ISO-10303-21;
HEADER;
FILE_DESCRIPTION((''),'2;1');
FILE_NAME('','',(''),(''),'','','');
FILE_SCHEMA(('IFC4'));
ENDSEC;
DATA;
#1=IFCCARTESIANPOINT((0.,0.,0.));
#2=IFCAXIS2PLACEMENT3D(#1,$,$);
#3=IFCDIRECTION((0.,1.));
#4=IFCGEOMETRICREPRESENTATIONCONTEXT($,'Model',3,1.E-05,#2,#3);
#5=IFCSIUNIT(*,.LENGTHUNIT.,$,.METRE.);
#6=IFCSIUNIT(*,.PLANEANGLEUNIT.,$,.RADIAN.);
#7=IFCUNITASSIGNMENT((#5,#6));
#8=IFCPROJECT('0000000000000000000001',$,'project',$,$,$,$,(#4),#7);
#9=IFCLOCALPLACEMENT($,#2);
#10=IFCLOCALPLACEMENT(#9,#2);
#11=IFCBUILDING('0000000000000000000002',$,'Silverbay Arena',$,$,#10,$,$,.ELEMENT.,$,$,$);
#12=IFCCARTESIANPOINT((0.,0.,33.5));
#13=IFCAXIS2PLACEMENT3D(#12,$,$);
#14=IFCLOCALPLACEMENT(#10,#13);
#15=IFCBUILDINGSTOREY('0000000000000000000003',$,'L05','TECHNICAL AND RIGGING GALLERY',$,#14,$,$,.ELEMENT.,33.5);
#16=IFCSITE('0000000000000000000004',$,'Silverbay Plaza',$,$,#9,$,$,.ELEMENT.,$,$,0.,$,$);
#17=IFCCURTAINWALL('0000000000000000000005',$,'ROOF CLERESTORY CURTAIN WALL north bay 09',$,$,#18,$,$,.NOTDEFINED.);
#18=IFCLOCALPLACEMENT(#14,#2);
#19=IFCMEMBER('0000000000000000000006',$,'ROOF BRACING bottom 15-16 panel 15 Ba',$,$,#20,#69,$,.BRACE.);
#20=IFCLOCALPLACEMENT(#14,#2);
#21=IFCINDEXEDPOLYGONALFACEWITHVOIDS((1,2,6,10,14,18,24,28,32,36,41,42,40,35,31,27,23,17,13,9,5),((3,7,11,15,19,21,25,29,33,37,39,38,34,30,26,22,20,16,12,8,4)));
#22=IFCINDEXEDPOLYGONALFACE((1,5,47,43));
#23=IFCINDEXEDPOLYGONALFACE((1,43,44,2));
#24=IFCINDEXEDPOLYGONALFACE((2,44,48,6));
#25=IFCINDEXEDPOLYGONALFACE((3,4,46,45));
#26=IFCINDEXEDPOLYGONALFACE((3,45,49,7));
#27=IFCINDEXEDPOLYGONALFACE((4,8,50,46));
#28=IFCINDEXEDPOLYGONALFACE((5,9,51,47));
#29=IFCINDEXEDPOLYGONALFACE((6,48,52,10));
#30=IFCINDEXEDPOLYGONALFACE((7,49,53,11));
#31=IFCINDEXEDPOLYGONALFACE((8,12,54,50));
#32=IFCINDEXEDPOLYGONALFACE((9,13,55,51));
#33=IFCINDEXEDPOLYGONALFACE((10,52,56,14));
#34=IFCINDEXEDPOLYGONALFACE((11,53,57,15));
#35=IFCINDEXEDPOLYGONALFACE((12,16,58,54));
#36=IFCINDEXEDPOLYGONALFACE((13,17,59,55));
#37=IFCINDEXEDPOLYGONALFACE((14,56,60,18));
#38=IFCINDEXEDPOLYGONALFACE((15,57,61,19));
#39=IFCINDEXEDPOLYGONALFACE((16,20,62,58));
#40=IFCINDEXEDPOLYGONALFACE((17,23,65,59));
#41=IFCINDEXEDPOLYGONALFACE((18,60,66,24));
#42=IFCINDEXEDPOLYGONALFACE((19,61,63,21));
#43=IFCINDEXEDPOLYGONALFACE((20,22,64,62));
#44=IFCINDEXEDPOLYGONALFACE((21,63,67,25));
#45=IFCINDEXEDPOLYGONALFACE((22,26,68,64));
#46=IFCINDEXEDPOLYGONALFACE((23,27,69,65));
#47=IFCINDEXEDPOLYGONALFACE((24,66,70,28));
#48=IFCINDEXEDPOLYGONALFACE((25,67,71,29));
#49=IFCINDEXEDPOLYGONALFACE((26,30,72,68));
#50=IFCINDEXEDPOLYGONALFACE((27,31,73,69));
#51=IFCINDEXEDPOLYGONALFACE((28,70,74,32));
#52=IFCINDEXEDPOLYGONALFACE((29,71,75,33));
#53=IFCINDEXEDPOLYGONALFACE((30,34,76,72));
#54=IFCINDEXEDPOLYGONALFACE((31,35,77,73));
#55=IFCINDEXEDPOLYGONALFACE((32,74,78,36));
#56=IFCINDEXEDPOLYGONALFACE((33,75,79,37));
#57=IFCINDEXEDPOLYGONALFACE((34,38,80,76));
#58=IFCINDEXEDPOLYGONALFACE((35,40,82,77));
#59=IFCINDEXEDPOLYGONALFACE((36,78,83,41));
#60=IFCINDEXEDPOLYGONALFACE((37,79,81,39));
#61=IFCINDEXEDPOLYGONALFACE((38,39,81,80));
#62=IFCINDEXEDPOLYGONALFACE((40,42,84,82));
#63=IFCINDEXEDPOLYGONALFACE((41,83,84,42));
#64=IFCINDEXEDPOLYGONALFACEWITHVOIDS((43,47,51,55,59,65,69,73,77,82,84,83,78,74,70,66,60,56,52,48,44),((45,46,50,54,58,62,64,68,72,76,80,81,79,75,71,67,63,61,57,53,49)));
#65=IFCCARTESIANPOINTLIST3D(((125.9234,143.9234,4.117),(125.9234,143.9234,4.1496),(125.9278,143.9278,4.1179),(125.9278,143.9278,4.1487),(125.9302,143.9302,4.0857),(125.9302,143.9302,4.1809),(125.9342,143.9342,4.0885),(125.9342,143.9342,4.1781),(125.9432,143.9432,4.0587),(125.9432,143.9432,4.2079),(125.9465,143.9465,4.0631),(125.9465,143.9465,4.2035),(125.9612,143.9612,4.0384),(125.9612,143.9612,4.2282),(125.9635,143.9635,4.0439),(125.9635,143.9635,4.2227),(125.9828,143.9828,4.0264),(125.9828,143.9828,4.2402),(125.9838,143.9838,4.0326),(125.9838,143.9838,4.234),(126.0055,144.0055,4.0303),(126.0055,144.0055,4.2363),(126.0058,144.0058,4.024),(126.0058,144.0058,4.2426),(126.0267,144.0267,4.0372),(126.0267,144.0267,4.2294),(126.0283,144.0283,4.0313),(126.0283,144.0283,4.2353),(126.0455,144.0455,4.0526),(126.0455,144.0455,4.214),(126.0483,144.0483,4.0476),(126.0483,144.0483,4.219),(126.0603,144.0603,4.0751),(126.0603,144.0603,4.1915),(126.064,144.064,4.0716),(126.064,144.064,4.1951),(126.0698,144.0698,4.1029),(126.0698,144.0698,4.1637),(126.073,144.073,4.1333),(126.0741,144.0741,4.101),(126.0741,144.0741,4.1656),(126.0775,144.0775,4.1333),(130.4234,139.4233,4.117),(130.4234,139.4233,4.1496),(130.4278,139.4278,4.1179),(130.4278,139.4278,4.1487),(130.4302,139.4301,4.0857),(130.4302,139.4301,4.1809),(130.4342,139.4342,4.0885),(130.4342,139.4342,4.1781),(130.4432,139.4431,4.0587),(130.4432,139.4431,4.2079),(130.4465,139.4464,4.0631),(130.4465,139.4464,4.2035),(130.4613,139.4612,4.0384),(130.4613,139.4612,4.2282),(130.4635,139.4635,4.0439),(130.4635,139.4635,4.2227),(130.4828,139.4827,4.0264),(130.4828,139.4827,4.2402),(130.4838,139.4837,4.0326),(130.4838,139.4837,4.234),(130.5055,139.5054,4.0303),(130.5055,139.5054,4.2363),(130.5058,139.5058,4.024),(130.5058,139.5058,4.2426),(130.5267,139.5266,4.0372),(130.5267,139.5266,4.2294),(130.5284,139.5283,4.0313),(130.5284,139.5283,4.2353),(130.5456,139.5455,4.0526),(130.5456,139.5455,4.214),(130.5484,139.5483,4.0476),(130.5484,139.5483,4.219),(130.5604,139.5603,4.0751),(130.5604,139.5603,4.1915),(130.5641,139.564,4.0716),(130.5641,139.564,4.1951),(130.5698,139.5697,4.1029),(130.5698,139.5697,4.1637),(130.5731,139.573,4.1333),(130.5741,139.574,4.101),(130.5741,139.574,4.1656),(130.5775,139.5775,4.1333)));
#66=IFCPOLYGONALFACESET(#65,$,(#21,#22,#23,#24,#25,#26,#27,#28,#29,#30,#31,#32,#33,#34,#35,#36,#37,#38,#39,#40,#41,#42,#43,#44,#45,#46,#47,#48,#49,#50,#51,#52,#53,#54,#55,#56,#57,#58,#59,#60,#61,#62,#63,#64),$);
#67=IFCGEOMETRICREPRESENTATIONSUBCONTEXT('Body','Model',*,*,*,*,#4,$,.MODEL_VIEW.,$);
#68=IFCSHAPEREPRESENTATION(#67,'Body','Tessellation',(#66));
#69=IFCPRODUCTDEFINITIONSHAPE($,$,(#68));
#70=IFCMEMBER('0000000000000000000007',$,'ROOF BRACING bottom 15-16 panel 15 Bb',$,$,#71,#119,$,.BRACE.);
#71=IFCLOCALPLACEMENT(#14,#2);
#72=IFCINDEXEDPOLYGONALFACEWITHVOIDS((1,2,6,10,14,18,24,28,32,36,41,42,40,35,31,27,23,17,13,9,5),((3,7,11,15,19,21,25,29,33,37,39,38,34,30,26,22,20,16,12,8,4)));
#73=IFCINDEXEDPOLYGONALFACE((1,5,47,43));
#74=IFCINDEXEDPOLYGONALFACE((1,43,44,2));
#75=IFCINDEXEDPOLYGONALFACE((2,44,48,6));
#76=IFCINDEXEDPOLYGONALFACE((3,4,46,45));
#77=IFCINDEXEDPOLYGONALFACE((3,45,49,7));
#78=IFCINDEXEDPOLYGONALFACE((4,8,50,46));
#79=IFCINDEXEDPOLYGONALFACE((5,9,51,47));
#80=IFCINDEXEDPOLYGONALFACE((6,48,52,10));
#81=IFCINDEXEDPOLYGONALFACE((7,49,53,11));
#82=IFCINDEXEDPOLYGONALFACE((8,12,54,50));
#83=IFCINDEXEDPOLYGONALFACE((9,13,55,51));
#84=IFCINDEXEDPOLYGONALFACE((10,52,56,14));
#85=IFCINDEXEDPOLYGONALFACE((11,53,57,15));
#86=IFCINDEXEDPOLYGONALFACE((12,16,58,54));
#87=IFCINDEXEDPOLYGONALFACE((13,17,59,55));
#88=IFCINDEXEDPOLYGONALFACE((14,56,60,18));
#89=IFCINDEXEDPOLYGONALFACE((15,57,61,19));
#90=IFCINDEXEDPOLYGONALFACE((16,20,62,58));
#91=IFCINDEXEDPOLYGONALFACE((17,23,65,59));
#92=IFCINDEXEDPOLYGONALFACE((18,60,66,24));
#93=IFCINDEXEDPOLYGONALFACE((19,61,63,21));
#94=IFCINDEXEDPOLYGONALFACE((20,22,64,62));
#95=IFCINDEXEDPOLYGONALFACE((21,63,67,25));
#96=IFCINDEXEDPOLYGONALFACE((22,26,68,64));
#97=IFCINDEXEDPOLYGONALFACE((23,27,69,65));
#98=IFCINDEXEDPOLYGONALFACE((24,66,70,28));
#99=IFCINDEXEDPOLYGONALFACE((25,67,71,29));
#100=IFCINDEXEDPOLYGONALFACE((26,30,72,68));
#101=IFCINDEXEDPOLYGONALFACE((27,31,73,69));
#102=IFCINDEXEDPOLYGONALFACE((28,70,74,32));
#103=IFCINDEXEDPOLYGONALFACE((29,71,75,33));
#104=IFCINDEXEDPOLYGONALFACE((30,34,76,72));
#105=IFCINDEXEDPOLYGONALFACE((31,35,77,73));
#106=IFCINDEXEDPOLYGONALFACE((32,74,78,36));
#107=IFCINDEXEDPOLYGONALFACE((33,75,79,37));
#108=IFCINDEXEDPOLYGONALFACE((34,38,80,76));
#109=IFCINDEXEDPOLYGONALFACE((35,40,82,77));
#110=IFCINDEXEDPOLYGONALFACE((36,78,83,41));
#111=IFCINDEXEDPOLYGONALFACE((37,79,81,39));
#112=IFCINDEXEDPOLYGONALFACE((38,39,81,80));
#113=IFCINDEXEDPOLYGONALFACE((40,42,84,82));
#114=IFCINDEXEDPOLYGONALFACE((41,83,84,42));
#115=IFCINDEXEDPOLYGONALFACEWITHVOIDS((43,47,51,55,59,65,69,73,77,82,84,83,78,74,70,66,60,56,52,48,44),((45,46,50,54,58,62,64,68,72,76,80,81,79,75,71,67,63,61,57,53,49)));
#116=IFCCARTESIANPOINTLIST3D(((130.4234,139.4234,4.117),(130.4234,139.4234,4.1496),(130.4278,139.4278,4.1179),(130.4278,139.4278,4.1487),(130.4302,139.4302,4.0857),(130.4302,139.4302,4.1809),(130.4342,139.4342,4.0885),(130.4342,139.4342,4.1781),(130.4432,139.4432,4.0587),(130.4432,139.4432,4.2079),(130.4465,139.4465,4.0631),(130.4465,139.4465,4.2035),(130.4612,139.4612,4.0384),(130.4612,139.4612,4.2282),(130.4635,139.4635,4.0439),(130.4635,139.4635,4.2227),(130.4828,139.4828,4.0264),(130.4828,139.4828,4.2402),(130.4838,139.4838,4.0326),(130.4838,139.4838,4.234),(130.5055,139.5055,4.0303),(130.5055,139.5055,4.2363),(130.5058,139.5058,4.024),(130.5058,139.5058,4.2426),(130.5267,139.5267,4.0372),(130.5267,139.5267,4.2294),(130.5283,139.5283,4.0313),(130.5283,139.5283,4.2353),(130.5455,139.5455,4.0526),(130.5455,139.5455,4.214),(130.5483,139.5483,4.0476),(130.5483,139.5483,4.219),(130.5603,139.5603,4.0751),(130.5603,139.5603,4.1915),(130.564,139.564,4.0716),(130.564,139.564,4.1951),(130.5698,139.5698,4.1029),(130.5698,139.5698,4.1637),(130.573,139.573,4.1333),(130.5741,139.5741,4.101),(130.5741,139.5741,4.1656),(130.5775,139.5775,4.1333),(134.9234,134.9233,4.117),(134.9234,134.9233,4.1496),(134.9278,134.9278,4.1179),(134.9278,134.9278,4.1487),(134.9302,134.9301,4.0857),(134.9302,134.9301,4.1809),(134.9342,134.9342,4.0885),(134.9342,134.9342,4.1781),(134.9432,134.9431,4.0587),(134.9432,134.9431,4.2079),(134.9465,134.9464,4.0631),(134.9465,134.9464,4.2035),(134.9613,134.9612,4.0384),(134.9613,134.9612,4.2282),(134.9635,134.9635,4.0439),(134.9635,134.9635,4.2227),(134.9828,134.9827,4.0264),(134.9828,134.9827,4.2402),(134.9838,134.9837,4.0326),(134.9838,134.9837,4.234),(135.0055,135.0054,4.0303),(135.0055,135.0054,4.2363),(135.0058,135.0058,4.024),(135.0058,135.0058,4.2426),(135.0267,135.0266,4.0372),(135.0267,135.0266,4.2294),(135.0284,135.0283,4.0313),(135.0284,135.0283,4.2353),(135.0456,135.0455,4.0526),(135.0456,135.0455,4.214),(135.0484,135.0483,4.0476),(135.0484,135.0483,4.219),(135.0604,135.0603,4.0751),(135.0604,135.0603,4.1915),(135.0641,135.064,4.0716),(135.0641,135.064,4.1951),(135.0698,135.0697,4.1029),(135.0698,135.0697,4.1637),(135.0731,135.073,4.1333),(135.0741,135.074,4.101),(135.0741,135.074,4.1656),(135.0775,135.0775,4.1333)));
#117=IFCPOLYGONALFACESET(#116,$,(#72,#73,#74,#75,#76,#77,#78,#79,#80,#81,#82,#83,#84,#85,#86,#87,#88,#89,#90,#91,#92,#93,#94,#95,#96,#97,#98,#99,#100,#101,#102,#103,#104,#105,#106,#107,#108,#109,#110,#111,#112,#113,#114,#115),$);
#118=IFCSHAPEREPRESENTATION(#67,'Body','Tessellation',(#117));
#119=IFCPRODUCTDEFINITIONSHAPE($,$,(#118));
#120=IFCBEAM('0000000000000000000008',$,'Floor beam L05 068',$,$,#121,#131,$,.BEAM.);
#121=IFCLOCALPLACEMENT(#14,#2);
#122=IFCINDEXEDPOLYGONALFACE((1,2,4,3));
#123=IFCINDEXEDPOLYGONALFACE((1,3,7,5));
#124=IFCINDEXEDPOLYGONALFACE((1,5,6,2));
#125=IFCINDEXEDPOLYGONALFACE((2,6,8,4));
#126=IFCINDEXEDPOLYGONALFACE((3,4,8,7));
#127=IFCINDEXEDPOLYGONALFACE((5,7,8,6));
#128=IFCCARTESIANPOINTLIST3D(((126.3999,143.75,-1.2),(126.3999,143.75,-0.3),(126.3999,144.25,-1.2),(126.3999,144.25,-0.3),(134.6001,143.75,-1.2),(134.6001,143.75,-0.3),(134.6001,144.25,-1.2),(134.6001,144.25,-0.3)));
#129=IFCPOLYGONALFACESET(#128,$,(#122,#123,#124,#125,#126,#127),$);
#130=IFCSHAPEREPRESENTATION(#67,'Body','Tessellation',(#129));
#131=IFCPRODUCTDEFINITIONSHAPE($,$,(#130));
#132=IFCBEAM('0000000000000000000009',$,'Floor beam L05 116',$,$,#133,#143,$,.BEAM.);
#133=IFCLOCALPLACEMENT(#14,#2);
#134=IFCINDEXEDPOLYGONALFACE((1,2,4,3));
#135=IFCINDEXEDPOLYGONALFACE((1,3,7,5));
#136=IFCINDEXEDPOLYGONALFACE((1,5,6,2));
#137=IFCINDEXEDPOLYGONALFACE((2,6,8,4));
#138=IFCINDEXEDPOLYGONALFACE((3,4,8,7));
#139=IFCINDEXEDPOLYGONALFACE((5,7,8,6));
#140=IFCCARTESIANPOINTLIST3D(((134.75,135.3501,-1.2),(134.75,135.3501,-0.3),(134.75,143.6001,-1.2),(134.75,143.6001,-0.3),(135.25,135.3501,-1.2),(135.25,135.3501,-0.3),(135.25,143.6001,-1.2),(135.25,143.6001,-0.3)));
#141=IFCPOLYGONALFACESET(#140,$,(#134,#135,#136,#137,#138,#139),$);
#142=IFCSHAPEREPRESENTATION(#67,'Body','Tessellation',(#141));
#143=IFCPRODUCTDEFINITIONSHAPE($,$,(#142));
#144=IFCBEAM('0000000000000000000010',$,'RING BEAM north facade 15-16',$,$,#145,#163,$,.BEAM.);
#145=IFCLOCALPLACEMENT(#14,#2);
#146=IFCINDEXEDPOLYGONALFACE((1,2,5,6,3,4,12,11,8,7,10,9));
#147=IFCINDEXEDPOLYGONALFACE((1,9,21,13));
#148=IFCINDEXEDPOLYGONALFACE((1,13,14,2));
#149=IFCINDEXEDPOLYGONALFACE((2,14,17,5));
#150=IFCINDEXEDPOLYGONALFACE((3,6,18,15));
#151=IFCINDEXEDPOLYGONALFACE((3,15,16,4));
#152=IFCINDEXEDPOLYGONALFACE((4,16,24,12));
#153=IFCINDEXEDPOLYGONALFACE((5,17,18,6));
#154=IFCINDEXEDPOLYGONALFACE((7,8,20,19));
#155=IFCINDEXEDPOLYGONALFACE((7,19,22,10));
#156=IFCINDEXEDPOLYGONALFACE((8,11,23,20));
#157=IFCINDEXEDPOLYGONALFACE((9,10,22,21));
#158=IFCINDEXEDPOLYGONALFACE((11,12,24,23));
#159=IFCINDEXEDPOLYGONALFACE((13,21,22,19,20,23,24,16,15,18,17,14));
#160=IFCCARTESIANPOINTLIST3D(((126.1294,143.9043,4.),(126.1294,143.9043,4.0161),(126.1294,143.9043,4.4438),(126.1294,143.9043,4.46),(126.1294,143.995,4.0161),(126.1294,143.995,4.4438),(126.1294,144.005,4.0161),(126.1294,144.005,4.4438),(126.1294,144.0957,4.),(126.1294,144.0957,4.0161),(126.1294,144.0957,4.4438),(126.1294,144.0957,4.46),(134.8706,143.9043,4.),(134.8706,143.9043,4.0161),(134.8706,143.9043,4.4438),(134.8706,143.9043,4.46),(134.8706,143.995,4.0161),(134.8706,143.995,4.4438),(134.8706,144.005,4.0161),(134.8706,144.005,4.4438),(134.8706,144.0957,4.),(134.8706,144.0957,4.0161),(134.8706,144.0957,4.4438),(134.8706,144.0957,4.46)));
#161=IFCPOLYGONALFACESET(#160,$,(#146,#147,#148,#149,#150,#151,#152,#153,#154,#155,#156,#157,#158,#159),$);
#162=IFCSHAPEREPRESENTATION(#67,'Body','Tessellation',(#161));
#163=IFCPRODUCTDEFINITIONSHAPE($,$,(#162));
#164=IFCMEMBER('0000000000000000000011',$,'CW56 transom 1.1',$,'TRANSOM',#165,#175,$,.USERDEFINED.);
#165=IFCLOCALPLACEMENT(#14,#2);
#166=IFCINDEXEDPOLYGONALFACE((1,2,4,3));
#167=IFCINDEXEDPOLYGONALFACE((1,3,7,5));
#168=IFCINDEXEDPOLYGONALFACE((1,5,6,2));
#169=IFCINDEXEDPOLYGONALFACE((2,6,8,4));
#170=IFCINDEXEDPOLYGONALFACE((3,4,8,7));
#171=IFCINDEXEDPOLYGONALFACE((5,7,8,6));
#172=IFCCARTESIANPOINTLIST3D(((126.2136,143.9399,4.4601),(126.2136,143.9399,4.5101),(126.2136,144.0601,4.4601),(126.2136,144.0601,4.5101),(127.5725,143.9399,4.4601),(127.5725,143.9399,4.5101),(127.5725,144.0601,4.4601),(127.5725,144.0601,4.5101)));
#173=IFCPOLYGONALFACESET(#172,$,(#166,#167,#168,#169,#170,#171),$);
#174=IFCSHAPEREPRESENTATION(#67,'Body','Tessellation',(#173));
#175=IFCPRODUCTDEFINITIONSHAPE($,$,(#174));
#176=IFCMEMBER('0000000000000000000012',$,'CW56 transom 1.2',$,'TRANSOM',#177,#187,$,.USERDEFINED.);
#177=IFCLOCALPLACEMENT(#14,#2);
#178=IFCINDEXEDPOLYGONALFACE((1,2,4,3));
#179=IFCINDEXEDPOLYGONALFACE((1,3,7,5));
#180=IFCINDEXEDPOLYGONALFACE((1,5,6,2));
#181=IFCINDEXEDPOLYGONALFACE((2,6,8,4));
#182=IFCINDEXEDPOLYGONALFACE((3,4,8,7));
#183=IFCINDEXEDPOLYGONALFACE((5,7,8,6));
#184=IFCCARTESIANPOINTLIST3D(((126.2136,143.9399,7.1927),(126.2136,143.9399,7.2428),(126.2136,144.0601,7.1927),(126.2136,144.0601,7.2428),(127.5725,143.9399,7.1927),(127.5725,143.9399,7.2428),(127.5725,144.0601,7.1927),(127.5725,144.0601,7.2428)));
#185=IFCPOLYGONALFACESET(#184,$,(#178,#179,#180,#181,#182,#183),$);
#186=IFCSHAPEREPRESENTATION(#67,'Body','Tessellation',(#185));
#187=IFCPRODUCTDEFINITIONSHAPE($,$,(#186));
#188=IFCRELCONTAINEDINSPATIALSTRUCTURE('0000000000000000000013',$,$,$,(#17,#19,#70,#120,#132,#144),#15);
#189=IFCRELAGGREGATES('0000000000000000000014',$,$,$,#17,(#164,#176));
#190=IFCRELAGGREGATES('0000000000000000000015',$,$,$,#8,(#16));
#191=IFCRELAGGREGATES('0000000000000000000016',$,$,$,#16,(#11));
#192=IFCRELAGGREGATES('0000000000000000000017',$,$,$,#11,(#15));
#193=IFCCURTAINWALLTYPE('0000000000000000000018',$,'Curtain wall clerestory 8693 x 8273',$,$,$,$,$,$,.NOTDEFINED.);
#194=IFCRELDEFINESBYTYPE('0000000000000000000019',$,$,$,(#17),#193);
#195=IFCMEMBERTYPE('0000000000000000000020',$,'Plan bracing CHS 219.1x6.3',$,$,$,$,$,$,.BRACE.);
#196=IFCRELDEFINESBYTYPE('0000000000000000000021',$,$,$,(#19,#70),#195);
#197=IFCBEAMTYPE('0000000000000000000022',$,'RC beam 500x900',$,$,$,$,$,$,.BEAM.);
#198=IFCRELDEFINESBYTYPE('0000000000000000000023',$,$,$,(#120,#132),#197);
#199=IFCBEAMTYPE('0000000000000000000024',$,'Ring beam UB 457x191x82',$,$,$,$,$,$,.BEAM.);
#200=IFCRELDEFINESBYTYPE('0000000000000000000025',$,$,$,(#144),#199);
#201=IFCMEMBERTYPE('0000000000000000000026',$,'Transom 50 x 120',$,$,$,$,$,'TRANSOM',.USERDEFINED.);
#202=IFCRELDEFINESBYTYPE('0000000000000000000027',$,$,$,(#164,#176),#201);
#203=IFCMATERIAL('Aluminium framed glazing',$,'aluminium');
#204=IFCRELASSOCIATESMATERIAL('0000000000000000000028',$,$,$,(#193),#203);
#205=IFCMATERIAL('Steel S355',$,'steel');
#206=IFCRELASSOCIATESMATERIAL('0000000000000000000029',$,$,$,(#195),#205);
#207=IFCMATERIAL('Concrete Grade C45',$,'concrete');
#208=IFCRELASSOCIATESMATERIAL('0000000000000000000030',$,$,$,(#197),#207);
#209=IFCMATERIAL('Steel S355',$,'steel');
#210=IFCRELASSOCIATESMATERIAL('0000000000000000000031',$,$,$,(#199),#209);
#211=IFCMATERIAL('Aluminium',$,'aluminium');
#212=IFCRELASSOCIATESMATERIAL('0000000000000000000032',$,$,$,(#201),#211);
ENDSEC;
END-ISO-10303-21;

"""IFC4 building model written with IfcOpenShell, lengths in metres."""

from ifc_helpers import new_model, si_unit, direction, frame, origin, origin_2d, place, context, subcontext, project, spatial, rectangle, hollow_circle, i_section, extrude, material, material_profile, profile_set, type_object, element, aggregate, save


model = new_model("IFC4")

# Units and contexts
model_context = context("Model", 3, precision=1e-05, world=origin(), true_north=direction((0.0, 1.0)))
body_context = subcontext(model_context, "Body", "Model", "MODEL_VIEW")
ifc_project = project(units=[si_unit("LENGTHUNIT", "METRE"), si_unit("PLANEANGLEUNIT", "RADIAN")], contexts=[model_context])

# Site, building, storey
site_placement = place(None, origin())
site = spatial("IfcSite", under=ifc_project, at=site_placement, Name="Silverbay Plaza", CompositionType="ELEMENT", RefElevation=0.0)
building_placement = place(site_placement, origin())
building = spatial("IfcBuilding", under=site, at=building_placement, Name="Silverbay Arena", CompositionType="ELEMENT")
storey_placement = place(building_placement, frame((0.0, 0.0, 33.5)))
storey = spatial("IfcBuildingStorey", under=building, at=storey_placement, Name="L05", Description="TECHNICAL AND RIGGING GALLERY", CompositionType="ELEMENT", Elevation=33.5)

# Curtain wall
ifc_material_1 = material(Name="Aluminium framed glazing", Category="aluminium")
curtain_wall_type = type_object("IfcCurtainWallType", Name="Curtain wall clerestory 8693 x 8273", PredefinedType="NOTDEFINED", material=ifc_material_1)
curtain_wall_placement = place(storey_placement, origin())
curtain_wall = element("IfcCurtainWall", 1, at=curtain_wall_placement, inside=storey, type_object=curtain_wall_type, Name="ROOF CLERESTORY CURTAIN WALL north bay 09", PredefinedType="NOTDEFINED")

# Members
ifc_material_2 = material(Name="Steel S355", Category="steel")
ifc_material_profile_1 = material_profile(ifc_material_2, hollow_circle(Radius=0.1096, WallThickness=0.0063, at=origin_2d()), Name="CHS 219.1x6.3")
ifc_profile_set_1 = profile_set([ifc_material_profile_1], Name="Steel S355")
member_type_1 = type_object("IfcMemberType", Name="Plan bracing CHS 219.1x6.3", PredefinedType="BRACE", material=ifc_profile_set_1)
for number, where, z_axis, x_axis, name in (
    (2, (126.0, 144.0, 4.1333), (0.707107, -0.707107, 0.0), (0.707107, 0.707107, 0.0), "ROOF BRACING bottom 15-16 panel 15 Ba"),
    (3, (130.5, 139.5, 4.1333), (0.707107, -0.707107, 0.0), (0.707107, 0.707107, 0.0), "ROOF BRACING bottom 15-16 panel 15 Bb"),
):
    element("IfcMember", number, at=place(storey_placement, frame(where, z_axis=z_axis, x_axis=x_axis)), inside=storey, type_object=member_type_1, Name=name, PredefinedType="BRACE", context=body_context, shape_type="SweptSolid", body=[
        extrude(hollow_circle(Radius=0.1096, WallThickness=0.0063, at=origin_2d()), origin(), (0.0, 0.0, 1.0), 6.364),
    ])

# Beams
ifc_material_3 = material(Name="Concrete Grade C45", Category="concrete")
ifc_material_profile_2 = material_profile(ifc_material_3, rectangle(XDim=0.5, YDim=0.8999, at=origin_2d()), Name="RC 500x900")
ifc_profile_set_2 = profile_set([ifc_material_profile_2], Name="Concrete Grade C45")
beam_type_1 = type_object("IfcBeamType", Name="RC beam 500x900", PredefinedType="BEAM", material=ifc_profile_set_2)
beam_1_placement = place(storey_placement, frame((126.3999, 144.0, -0.75), z_axis=(1.0, 0.0, 0.0), x_axis=(0.0, 1.0, 0.0)))
element("IfcBeam", 4, at=beam_1_placement, inside=storey, type_object=beam_type_1, Name="Floor beam L05 068", PredefinedType="BEAM", context=body_context, shape_type="SweptSolid", body=[
    extrude(rectangle(XDim=0.5, YDim=0.8999, at=origin_2d()), origin(), (0.0, 0.0, 1.0), 8.2002),
])
beam_2_placement = place(storey_placement, frame((135.0, 135.3501, -0.75), z_axis=(0.0, 1.0, 0.0), x_axis=(-1.0, 0.0, 0.0)))
element("IfcBeam", 5, at=beam_2_placement, inside=storey, type_object=beam_type_1, Name="Floor beam L05 116", PredefinedType="BEAM", context=body_context, shape_type="SweptSolid", body=[
    extrude(rectangle(XDim=0.5, YDim=0.8999, at=origin_2d()), origin(), (0.0, 0.0, 1.0), 8.25),
])
ifc_material_4 = material(Name="Steel S355", Category="steel")
ifc_material_profile_3 = material_profile(ifc_material_4, i_section(OverallWidth=0.1914, OverallDepth=0.46, WebThickness=0.01, FlangeThickness=0.0161, at=origin_2d()), Name="UB 457x191x82")
ifc_profile_set_3 = profile_set([ifc_material_profile_3], Name="Steel S355")
beam_type_2 = type_object("IfcBeamType", Name="Ring beam UB 457x191x82", PredefinedType="BEAM", material=ifc_profile_set_3)
beam_3_placement = place(storey_placement, frame((126.1294, 144.0, 4.23), z_axis=(1.0, 0.0, 0.0), x_axis=(0.0, 1.0, 0.0)))
element("IfcBeam", 6, at=beam_3_placement, inside=storey, type_object=beam_type_2, Name="RING BEAM north facade 15-16", PredefinedType="BEAM", context=body_context, shape_type="SweptSolid", body=[
    extrude(i_section(OverallWidth=0.1914, OverallDepth=0.46, WebThickness=0.01, FlangeThickness=0.0161, at=origin_2d()), origin(), (0.0, 0.0, 1.0), 8.7412),
])

# Members
ifc_material_5 = material(Name="Aluminium", Category="aluminium")
ifc_material_profile_4 = material_profile(ifc_material_5, rectangle(XDim=0.1201, YDim=0.05, at=origin_2d()), Name="Transom 50 x 120")
ifc_profile_set_4 = profile_set([ifc_material_profile_4], Name="Aluminium")
member_type_2 = type_object("IfcMemberType", Name="Transom 50 x 120", ElementType="TRANSOM", PredefinedType="USERDEFINED", material=ifc_profile_set_4)
member_1_placement = place(storey_placement, frame((126.2136, 144.0, 4.4851), z_axis=(1.0, 0.0, 0.0), x_axis=(0.0, 1.0, 0.0)))
member_1 = element("IfcMember", 7, at=member_1_placement, type_object=member_type_2, Name="CW56 transom 1.1", ObjectType="TRANSOM", PredefinedType="USERDEFINED", context=body_context, shape_type="SweptSolid", body=[
    extrude(rectangle(XDim=0.1201, YDim=0.05, at=origin_2d()), origin(), (0.0, 0.0, 1.0), 1.3589),
])
member_2_placement = place(storey_placement, frame((126.2136, 144.0, 7.2178), z_axis=(1.0, 0.0, 0.0), x_axis=(0.0, 1.0, 0.0)))
member_2 = element("IfcMember", 8, at=member_2_placement, type_object=member_type_2, Name="CW56 transom 1.2", ObjectType="TRANSOM", PredefinedType="USERDEFINED", context=body_context, shape_type="SweptSolid", body=[
    extrude(rectangle(XDim=0.1201, YDim=0.05, at=origin_2d()), origin(), (0.0, 0.0, 1.0), 1.3589),
])

aggregate(curtain_wall, [member_1, member_2])

save(model, "model.ifc")
